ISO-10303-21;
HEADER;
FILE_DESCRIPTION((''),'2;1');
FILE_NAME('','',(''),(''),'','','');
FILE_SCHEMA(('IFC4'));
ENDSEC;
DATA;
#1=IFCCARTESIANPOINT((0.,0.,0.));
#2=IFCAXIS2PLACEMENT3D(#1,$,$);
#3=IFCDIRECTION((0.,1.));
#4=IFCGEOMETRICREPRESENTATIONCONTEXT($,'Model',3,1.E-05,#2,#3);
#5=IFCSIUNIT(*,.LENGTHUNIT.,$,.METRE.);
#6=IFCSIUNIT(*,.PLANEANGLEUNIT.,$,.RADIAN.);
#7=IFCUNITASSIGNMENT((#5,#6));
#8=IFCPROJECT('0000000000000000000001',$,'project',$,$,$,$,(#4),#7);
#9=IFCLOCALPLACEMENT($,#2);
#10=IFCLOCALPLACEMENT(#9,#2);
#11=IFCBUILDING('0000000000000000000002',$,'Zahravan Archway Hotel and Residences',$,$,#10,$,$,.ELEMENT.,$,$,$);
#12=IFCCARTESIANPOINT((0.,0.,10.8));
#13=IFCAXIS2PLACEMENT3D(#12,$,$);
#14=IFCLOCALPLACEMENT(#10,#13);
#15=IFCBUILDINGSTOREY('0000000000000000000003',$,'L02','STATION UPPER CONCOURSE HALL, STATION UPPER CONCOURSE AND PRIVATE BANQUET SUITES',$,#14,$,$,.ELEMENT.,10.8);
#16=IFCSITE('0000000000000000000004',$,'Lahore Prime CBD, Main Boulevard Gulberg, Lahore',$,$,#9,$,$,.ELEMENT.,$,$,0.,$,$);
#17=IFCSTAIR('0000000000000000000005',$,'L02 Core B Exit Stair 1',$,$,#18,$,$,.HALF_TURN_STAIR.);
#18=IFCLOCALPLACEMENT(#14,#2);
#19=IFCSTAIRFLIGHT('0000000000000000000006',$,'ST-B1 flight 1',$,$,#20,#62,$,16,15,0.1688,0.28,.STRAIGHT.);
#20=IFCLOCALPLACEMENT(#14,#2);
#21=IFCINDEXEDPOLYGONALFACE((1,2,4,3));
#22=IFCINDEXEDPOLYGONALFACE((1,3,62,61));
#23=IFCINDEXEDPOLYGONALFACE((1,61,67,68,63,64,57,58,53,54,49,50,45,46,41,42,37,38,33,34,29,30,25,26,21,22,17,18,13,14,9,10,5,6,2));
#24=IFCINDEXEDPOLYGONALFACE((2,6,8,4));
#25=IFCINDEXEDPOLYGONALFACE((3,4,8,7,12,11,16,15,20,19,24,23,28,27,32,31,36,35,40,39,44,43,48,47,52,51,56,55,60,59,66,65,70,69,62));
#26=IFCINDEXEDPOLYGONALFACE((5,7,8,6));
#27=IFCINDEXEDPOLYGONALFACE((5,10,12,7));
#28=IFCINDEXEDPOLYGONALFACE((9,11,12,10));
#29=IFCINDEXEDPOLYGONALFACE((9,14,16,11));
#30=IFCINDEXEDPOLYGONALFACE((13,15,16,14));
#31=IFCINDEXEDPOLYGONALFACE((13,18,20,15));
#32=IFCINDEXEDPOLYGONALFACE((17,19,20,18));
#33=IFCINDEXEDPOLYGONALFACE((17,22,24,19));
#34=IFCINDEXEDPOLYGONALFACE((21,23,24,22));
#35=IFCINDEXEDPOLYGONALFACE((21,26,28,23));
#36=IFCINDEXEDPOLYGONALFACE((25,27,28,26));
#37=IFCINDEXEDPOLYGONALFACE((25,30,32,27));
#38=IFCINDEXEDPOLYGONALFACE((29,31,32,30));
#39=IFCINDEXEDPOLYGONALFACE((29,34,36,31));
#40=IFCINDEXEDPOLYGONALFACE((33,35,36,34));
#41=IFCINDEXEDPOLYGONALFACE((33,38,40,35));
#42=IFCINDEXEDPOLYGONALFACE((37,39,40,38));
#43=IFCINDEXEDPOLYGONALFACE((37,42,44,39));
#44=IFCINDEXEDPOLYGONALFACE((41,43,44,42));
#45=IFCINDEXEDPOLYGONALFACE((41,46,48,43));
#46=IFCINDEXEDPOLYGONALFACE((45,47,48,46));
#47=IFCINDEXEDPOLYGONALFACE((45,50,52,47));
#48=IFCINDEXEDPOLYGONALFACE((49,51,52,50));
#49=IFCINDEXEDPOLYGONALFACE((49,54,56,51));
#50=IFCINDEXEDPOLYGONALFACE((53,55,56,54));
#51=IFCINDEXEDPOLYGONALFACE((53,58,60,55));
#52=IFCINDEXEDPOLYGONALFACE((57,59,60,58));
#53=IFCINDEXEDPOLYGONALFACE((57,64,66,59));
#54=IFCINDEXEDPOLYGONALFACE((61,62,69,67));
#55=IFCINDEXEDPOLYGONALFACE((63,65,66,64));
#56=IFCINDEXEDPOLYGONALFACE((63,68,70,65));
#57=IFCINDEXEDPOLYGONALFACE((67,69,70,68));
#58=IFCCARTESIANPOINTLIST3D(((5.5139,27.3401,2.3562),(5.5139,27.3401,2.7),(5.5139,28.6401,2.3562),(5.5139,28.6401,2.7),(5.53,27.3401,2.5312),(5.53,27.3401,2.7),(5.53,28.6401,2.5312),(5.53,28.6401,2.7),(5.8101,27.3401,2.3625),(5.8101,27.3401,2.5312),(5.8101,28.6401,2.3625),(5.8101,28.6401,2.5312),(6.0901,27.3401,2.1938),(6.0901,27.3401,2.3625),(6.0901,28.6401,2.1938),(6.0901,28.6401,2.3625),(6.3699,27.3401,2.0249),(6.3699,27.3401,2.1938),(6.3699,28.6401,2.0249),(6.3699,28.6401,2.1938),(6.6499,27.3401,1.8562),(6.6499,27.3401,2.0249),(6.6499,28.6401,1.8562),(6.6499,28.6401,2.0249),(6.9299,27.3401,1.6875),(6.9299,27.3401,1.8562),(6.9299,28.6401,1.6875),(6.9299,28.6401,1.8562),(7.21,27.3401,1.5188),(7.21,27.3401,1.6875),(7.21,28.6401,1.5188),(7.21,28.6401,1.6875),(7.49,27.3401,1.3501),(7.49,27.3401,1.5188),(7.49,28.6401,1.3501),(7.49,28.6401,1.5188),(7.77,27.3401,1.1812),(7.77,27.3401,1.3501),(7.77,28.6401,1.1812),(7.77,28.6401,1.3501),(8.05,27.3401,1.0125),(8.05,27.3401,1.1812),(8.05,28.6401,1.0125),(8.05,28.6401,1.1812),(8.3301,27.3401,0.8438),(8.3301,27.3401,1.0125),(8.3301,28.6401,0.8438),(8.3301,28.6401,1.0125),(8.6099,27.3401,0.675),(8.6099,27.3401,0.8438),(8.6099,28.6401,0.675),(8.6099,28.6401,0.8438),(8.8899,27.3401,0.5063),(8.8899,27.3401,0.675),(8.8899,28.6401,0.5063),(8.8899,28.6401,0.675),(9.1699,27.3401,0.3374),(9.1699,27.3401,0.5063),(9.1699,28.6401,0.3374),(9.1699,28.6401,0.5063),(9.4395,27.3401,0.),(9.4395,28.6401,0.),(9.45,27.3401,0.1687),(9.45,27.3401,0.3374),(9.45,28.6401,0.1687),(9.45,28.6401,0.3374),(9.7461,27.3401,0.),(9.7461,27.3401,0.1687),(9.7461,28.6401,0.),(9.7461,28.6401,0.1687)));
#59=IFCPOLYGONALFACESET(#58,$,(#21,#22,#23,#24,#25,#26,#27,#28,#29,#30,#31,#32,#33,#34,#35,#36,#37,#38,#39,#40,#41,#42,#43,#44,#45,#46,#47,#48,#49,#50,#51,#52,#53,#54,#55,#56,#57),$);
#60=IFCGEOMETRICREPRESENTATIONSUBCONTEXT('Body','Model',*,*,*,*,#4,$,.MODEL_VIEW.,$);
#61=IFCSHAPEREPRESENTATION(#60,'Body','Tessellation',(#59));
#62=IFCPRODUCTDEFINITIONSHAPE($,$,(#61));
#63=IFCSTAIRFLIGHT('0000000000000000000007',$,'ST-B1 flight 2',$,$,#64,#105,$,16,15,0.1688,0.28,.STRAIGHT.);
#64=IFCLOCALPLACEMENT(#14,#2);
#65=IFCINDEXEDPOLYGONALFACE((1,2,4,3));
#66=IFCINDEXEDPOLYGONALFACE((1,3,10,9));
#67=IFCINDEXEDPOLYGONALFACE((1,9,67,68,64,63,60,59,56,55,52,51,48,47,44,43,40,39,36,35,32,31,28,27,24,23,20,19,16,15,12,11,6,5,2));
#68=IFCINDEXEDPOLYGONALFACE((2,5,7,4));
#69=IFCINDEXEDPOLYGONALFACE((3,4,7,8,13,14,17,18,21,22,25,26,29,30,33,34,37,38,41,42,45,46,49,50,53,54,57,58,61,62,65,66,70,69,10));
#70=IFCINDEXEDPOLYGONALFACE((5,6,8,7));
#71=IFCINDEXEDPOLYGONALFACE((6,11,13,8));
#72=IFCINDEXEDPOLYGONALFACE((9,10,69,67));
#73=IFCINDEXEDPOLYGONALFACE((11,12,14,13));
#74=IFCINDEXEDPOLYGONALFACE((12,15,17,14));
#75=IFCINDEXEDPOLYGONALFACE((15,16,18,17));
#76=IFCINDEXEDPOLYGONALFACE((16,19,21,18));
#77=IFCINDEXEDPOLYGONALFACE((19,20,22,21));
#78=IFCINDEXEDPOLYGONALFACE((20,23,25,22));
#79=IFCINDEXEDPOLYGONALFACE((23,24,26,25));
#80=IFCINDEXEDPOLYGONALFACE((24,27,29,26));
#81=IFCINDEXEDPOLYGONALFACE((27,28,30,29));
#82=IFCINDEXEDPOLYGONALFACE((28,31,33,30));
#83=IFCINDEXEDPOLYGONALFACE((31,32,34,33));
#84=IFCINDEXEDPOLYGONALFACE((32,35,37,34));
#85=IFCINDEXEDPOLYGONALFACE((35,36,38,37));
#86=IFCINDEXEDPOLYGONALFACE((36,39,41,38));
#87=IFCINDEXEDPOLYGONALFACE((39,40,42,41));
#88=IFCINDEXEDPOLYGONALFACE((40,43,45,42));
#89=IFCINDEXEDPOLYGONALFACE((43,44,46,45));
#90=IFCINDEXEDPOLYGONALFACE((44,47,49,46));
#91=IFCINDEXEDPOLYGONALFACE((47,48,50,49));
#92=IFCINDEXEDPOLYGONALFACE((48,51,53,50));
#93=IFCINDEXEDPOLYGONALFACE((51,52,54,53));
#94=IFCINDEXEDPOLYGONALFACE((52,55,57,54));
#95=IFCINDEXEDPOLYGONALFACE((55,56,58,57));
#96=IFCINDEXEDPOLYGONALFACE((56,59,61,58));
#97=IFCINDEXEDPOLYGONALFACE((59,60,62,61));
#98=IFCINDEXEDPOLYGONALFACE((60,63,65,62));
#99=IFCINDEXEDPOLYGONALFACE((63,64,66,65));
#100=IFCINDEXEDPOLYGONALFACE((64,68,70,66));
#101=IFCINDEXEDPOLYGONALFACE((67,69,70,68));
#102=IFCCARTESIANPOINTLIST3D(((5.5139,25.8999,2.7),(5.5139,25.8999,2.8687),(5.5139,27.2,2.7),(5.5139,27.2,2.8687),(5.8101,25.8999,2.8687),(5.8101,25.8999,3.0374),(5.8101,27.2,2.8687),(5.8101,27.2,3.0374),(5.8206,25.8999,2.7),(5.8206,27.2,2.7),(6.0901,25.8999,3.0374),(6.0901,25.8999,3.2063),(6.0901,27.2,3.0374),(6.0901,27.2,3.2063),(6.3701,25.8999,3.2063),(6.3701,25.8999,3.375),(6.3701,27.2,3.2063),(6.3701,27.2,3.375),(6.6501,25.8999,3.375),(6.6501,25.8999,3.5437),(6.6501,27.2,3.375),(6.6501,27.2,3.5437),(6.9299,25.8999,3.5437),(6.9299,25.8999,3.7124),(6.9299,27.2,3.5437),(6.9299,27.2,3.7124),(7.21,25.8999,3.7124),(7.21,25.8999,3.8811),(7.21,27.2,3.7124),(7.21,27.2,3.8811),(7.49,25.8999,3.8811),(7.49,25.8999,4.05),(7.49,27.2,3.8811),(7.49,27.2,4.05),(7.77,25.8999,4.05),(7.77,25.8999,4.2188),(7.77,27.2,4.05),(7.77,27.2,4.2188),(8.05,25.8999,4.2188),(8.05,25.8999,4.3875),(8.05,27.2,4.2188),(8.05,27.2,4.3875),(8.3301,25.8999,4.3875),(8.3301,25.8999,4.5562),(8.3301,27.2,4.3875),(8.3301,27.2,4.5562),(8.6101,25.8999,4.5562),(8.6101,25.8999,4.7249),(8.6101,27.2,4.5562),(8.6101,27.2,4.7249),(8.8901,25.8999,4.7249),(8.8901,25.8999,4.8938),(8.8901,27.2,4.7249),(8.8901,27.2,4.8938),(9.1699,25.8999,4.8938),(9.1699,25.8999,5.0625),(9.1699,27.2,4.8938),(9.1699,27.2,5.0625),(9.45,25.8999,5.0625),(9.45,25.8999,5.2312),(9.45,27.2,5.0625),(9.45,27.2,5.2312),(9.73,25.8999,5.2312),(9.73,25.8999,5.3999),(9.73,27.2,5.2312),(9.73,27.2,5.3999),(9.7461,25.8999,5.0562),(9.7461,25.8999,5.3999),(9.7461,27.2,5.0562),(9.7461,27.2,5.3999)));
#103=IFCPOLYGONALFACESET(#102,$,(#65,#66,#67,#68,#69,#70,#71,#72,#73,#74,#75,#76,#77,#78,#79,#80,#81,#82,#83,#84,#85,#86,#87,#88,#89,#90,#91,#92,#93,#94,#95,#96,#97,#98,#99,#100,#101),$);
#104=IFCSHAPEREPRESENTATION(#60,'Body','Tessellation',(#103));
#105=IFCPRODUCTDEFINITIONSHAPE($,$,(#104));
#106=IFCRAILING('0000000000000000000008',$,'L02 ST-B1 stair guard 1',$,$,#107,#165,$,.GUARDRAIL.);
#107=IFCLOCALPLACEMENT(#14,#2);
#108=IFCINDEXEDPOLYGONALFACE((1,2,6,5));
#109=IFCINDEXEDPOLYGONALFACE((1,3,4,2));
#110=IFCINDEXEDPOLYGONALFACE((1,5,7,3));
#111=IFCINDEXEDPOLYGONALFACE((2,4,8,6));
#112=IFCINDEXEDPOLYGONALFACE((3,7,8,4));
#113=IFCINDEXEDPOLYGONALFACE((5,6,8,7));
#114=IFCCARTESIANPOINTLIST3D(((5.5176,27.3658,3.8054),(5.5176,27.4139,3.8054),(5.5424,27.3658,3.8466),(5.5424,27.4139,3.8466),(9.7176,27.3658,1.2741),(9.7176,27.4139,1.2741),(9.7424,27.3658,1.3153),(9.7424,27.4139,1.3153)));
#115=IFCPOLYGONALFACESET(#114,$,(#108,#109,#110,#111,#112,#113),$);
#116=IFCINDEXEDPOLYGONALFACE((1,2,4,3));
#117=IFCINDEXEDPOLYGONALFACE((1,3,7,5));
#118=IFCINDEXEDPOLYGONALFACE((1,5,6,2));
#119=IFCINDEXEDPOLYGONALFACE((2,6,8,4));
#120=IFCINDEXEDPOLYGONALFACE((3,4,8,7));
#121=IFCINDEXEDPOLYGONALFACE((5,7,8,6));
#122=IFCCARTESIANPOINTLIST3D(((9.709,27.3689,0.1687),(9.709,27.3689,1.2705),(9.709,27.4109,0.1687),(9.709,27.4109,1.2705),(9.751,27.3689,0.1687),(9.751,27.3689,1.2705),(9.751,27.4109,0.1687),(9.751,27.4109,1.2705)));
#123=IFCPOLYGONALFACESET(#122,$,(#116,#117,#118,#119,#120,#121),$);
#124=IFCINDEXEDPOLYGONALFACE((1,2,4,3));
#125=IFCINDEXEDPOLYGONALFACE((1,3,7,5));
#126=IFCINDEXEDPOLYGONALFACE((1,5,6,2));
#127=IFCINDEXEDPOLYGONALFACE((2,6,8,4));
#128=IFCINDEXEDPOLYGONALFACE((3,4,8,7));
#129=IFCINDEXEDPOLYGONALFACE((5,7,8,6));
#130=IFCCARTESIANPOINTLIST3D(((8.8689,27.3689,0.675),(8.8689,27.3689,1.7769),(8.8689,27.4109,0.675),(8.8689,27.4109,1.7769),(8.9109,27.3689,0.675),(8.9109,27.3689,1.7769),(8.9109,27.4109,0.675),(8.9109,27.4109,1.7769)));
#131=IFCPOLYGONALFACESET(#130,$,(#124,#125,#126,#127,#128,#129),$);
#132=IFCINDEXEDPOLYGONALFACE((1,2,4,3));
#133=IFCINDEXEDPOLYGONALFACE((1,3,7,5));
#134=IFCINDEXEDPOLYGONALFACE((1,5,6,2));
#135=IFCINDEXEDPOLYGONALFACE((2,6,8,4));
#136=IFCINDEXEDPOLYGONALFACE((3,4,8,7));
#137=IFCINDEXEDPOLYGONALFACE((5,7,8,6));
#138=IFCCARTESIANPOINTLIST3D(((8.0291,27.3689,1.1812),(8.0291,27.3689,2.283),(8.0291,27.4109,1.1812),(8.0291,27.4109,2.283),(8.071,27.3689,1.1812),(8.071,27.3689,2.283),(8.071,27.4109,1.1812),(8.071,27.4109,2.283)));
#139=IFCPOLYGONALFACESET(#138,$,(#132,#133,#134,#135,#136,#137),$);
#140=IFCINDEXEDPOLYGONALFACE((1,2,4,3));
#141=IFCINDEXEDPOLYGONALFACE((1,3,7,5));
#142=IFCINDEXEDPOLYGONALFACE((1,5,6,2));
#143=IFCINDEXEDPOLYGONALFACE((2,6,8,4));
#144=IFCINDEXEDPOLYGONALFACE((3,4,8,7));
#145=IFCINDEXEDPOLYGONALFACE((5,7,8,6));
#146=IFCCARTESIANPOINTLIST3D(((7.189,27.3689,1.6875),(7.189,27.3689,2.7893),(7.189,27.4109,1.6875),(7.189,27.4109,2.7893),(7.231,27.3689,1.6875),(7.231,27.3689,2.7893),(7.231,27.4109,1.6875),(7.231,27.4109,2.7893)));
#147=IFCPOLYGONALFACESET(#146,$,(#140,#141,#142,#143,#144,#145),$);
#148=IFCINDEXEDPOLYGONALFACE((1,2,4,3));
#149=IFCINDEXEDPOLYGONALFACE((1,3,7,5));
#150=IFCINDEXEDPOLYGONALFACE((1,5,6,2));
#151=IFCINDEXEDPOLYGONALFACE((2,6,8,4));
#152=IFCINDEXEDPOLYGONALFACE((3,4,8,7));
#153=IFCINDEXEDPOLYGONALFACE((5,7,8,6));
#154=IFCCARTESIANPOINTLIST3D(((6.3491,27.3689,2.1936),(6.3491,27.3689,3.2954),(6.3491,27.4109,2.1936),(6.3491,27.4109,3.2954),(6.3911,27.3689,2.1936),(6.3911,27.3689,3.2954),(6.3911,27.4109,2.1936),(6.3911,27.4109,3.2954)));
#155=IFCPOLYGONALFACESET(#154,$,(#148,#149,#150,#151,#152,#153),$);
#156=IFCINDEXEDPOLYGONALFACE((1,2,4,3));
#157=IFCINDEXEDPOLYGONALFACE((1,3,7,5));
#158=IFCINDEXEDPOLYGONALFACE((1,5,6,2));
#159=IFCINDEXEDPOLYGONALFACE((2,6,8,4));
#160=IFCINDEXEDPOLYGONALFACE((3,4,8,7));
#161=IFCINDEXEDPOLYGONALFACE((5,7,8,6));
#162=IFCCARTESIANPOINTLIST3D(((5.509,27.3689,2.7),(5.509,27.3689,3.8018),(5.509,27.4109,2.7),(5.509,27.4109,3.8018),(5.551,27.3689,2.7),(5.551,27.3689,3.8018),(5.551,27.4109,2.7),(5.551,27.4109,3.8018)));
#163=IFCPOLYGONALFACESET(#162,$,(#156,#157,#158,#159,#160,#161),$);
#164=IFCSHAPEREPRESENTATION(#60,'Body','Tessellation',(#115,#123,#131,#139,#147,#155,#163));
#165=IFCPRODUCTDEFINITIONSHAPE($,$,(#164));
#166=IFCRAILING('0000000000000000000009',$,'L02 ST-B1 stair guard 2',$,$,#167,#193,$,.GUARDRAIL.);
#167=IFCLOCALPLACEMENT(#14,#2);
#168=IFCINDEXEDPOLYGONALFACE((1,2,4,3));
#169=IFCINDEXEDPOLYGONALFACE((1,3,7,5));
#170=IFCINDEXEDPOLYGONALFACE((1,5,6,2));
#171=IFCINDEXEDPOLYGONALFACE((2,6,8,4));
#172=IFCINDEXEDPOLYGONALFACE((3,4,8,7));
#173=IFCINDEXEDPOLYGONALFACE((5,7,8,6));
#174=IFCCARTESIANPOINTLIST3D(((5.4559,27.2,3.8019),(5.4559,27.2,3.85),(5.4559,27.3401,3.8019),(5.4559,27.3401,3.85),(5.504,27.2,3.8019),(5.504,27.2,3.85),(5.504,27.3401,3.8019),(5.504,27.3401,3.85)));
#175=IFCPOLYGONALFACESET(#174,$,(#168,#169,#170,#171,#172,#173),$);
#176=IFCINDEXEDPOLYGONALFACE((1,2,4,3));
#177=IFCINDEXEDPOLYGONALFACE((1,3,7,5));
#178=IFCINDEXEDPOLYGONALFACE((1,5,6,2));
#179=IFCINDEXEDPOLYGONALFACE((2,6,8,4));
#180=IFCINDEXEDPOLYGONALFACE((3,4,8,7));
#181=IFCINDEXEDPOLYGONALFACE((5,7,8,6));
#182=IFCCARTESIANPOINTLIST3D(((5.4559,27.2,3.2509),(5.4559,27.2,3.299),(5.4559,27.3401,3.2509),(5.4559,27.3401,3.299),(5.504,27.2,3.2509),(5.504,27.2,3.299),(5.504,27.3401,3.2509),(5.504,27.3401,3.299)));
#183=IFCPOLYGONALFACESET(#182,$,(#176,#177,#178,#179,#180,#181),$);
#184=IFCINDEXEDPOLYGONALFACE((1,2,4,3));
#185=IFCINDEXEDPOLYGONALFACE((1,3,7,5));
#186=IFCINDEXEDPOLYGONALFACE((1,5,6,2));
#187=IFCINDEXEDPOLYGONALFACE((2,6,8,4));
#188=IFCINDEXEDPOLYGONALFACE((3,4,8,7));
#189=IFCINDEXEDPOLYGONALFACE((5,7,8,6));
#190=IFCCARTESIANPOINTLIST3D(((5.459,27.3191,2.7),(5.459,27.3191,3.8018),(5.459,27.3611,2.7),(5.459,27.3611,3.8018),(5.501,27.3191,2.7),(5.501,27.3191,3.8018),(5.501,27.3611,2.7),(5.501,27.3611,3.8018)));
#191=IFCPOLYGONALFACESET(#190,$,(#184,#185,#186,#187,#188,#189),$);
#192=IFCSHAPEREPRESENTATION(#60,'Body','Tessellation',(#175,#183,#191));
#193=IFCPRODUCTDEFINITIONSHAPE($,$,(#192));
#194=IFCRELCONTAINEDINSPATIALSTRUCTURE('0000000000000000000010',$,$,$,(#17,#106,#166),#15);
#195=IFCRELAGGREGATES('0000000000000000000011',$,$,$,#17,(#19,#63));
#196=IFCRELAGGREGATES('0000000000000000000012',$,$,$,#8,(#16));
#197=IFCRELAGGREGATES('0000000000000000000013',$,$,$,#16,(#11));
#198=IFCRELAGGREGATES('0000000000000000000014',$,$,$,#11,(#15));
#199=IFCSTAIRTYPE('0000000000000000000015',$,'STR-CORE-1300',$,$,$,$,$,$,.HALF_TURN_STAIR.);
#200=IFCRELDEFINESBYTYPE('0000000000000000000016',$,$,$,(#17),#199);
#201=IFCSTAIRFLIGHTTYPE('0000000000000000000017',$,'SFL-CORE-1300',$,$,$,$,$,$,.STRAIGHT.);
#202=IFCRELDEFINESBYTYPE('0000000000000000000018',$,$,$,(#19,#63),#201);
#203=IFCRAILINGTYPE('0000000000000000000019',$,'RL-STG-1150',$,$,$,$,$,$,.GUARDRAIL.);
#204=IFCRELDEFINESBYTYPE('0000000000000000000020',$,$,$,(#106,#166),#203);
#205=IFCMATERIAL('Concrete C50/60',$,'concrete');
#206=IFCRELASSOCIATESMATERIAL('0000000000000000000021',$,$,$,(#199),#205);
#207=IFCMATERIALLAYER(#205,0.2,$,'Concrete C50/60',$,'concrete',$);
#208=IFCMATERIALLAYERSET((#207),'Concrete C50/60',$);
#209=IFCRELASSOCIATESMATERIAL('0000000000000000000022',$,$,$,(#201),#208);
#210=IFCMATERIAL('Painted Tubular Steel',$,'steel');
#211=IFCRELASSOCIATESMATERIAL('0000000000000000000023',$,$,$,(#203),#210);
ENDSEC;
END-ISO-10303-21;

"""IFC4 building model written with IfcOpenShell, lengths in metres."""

from ifc_helpers import new_model, si_unit, direction, frame, origin, origin_2d, place, context, subcontext, project, spatial, polyline, rectangle, outline, extrude, source, transform, mapped, material, layer, layer_set, type_object, element, aggregate, save


model = new_model("IFC4")

# Units and contexts
model_context = context("Model", 3, precision=1e-05, world=origin(), true_north=direction((0.0, 1.0)))
body_context = subcontext(model_context, "Body", "Model", "MODEL_VIEW")
ifc_project = project(units=[si_unit("LENGTHUNIT", "METRE"), si_unit("PLANEANGLEUNIT", "RADIAN")], contexts=[model_context])

# Site, building, storey
site_placement = place(None, origin())
site = spatial("IfcSite", under=ifc_project, at=site_placement, Name="Lahore Prime CBD, Main Boulevard Gulberg, Lahore", CompositionType="ELEMENT", RefElevation=0.0)
building_placement = place(site_placement, origin())
building = spatial("IfcBuilding", under=site, at=building_placement, Name="Zahravan Archway Hotel and Residences", CompositionType="ELEMENT")
storey_placement = place(building_placement, frame((0.0, 0.0, 10.8)))
storey = spatial("IfcBuildingStorey", under=building, at=storey_placement, Name="L02", Description="STATION UPPER CONCOURSE HALL, STATION UPPER CONCOURSE AND PRIVATE BANQUET SUITES", CompositionType="ELEMENT", Elevation=10.8)

# Shared definitions
ifc_material_1 = material(Name="Concrete C50/60", Category="concrete")

# Stair, stair flights
stair_type = type_object("IfcStairType", Name="STR-CORE-1300", PredefinedType="HALF_TURN_STAIR", material=ifc_material_1)
stair_placement = place(storey_placement, origin())
stair = element("IfcStair", 1, at=stair_placement, inside=storey, type_object=stair_type, Name="L02 Core B Exit Stair 1", PredefinedType="HALF_TURN_STAIR")
ifc_layer_1 = layer(ifc_material_1, 0.2, Name="Concrete C50/60", Category="concrete")
ifc_layer_set_1 = layer_set([ifc_layer_1], Name="Concrete C50/60")
stair_flight_type = type_object("IfcStairFlightType", Name="SFL-CORE-1300", PredefinedType="STRAIGHT", material=ifc_layer_set_1)
shared_shape_1 = source(origin(), body_context, "Body", "SweptSolid", [
    extrude(outline(polyline([(-0.0161, 0.0), (-0.0161, 0.1687), (0.28, 0.1687), (0.28, 0.3374), (0.5601, 0.3374), (0.5601, 0.5063), (0.8401, 0.5063), (0.8401, 0.675), (1.1201, 0.675), (1.1201, 0.8438), (1.3999, 0.8438), (1.3999, 1.0125), (1.6799, 1.0125), (1.6799, 1.1812), (1.96, 1.1812), (1.96, 1.3501), (2.24, 1.3501), (2.24, 1.5188), (2.52, 1.5188), (2.52, 1.6875), (2.8, 1.6875), (2.8, 1.8562), (3.0801, 1.8562), (3.0801, 2.0249), (3.3601, 2.0249), (3.3601, 2.1938), (3.6399, 2.1938), (3.6399, 2.3625), (3.9199, 2.3625), (3.9199, 2.5312), (4.2, 2.5312), (4.2, 2.7), (4.2161, 2.7), (4.2161, 2.3562), (0.2905, 0.0), (-0.0161, 0.0)])), frame((0.0, 0.6499, 0.0), z_axis=(0.0, -1.0, 0.0), x_axis=(1.0, 0.0, 0.0)), (0.0, 0.0, 1.0), 1.3),
])
stair_flight_1_placement = place(storey_placement, frame((9.73, 27.99, 0.0), z_axis=(0.0, 0.0, 1.0), x_axis=(-1.0, 0.0, 0.0)))
stair_flight_1 = element("IfcStairFlight", 2, at=stair_flight_1_placement, type_object=stair_flight_type, Name="ST-B1 flight 1", NumberOfRisers=16, NumberOfTreads=15, PredefinedType="STRAIGHT", RiserHeight=0.1688, TreadLength=0.28, context=body_context, shape_type="MappedRepresentation", body=[
    mapped(shared_shape_1, transform((0.0, 0.0, 0.0), scale=1.0)),
])
stair_flight_2_placement = place(storey_placement, frame((5.53, 26.55, 2.7), z_axis=(0.0, 0.0, 1.0), x_axis=(1.0, 0.0, 0.0)))
stair_flight_2 = element("IfcStairFlight", 3, at=stair_flight_2_placement, type_object=stair_flight_type, Name="ST-B1 flight 2", NumberOfRisers=16, NumberOfTreads=15, PredefinedType="STRAIGHT", RiserHeight=0.1688, TreadLength=0.28, context=body_context, shape_type="MappedRepresentation", body=[
    mapped(shared_shape_1, transform((0.0, 0.0, 0.0), scale=1.0)),
])
aggregate(stair, [stair_flight_1, stair_flight_2])

# Railings
ifc_material_2 = material(Name="Painted Tubular Steel", Category="steel")
railing_type_1 = type_object("IfcRailingType", Name="RL-STG-1150", PredefinedType="GUARDRAIL", material=ifc_material_2)
railing_1_placement = place(storey_placement, frame((9.73, 27.3899, 0.1687)))
element("IfcRailing", 4, at=railing_1_placement, inside=storey, type_object=railing_type_1, Name="L02 ST-B1 stair guard 1", PredefinedType="GUARDRAIL", context=body_context, shape_type="SweptSolid", body=[
    extrude(rectangle(XDim=0.0481, YDim=0.0481, at=origin_2d()), frame((0.0, 0.0, 1.126), z_axis=(-0.856476, 0.0, 0.516186), x_axis=(0.0, -1.0, 0.0)), (0.0, 0.0, 1.0), 4.9038),
    extrude(rectangle(XDim=0.042, YDim=0.042, at=origin_2d()), origin(), (0.0, 0.0, 1.0), 1.1018),
    extrude(rectangle(XDim=0.042, YDim=0.042, at=origin_2d()), frame((-0.8401, 0.0, 0.5063)), (0.0, 0.0, 1.0), 1.1018),
    extrude(rectangle(XDim=0.042, YDim=0.042, at=origin_2d()), frame((-1.6799, 0.0, 1.0125)), (0.0, 0.0, 1.0), 1.1018),
    extrude(rectangle(XDim=0.042, YDim=0.042, at=origin_2d()), frame((-2.52, 0.0, 1.5188)), (0.0, 0.0, 1.0), 1.1018),
    extrude(rectangle(XDim=0.042, YDim=0.042, at=origin_2d()), frame((-3.3599, 0.0, 2.0249)), (0.0, 0.0, 1.0), 1.1018),
    extrude(rectangle(XDim=0.042, YDim=0.042, at=origin_2d()), frame((-4.2, 0.0, 2.5312)), (0.0, 0.0, 1.0), 1.1018),
])
railing_2_placement = place(storey_placement, frame((5.48, 27.3401, 2.7)))
element("IfcRailing", 5, at=railing_2_placement, inside=storey, type_object=railing_type_1, Name="L02 ST-B1 stair guard 2", PredefinedType="GUARDRAIL", context=body_context, shape_type="SweptSolid", body=[
    extrude(rectangle(XDim=0.0481, YDim=0.0481, at=origin_2d()), frame((0.0, 0.0, 1.126), z_axis=(0.0, -1.0, 0.0), x_axis=(1.0, 0.0, 0.0)), (0.0, 0.0, 1.0), 0.1401),
    extrude(rectangle(XDim=0.0481, YDim=0.0481, at=origin_2d()), frame((0.0, 0.0, 0.575), z_axis=(0.0, -1.0, 0.0), x_axis=(1.0, 0.0, 0.0)), (0.0, 0.0, 1.0), 0.1401),
    extrude(rectangle(XDim=0.042, YDim=0.042, at=origin_2d()), origin(), (0.0, 0.0, 1.0), 1.1018),
])

save(model, "model.ifc")
